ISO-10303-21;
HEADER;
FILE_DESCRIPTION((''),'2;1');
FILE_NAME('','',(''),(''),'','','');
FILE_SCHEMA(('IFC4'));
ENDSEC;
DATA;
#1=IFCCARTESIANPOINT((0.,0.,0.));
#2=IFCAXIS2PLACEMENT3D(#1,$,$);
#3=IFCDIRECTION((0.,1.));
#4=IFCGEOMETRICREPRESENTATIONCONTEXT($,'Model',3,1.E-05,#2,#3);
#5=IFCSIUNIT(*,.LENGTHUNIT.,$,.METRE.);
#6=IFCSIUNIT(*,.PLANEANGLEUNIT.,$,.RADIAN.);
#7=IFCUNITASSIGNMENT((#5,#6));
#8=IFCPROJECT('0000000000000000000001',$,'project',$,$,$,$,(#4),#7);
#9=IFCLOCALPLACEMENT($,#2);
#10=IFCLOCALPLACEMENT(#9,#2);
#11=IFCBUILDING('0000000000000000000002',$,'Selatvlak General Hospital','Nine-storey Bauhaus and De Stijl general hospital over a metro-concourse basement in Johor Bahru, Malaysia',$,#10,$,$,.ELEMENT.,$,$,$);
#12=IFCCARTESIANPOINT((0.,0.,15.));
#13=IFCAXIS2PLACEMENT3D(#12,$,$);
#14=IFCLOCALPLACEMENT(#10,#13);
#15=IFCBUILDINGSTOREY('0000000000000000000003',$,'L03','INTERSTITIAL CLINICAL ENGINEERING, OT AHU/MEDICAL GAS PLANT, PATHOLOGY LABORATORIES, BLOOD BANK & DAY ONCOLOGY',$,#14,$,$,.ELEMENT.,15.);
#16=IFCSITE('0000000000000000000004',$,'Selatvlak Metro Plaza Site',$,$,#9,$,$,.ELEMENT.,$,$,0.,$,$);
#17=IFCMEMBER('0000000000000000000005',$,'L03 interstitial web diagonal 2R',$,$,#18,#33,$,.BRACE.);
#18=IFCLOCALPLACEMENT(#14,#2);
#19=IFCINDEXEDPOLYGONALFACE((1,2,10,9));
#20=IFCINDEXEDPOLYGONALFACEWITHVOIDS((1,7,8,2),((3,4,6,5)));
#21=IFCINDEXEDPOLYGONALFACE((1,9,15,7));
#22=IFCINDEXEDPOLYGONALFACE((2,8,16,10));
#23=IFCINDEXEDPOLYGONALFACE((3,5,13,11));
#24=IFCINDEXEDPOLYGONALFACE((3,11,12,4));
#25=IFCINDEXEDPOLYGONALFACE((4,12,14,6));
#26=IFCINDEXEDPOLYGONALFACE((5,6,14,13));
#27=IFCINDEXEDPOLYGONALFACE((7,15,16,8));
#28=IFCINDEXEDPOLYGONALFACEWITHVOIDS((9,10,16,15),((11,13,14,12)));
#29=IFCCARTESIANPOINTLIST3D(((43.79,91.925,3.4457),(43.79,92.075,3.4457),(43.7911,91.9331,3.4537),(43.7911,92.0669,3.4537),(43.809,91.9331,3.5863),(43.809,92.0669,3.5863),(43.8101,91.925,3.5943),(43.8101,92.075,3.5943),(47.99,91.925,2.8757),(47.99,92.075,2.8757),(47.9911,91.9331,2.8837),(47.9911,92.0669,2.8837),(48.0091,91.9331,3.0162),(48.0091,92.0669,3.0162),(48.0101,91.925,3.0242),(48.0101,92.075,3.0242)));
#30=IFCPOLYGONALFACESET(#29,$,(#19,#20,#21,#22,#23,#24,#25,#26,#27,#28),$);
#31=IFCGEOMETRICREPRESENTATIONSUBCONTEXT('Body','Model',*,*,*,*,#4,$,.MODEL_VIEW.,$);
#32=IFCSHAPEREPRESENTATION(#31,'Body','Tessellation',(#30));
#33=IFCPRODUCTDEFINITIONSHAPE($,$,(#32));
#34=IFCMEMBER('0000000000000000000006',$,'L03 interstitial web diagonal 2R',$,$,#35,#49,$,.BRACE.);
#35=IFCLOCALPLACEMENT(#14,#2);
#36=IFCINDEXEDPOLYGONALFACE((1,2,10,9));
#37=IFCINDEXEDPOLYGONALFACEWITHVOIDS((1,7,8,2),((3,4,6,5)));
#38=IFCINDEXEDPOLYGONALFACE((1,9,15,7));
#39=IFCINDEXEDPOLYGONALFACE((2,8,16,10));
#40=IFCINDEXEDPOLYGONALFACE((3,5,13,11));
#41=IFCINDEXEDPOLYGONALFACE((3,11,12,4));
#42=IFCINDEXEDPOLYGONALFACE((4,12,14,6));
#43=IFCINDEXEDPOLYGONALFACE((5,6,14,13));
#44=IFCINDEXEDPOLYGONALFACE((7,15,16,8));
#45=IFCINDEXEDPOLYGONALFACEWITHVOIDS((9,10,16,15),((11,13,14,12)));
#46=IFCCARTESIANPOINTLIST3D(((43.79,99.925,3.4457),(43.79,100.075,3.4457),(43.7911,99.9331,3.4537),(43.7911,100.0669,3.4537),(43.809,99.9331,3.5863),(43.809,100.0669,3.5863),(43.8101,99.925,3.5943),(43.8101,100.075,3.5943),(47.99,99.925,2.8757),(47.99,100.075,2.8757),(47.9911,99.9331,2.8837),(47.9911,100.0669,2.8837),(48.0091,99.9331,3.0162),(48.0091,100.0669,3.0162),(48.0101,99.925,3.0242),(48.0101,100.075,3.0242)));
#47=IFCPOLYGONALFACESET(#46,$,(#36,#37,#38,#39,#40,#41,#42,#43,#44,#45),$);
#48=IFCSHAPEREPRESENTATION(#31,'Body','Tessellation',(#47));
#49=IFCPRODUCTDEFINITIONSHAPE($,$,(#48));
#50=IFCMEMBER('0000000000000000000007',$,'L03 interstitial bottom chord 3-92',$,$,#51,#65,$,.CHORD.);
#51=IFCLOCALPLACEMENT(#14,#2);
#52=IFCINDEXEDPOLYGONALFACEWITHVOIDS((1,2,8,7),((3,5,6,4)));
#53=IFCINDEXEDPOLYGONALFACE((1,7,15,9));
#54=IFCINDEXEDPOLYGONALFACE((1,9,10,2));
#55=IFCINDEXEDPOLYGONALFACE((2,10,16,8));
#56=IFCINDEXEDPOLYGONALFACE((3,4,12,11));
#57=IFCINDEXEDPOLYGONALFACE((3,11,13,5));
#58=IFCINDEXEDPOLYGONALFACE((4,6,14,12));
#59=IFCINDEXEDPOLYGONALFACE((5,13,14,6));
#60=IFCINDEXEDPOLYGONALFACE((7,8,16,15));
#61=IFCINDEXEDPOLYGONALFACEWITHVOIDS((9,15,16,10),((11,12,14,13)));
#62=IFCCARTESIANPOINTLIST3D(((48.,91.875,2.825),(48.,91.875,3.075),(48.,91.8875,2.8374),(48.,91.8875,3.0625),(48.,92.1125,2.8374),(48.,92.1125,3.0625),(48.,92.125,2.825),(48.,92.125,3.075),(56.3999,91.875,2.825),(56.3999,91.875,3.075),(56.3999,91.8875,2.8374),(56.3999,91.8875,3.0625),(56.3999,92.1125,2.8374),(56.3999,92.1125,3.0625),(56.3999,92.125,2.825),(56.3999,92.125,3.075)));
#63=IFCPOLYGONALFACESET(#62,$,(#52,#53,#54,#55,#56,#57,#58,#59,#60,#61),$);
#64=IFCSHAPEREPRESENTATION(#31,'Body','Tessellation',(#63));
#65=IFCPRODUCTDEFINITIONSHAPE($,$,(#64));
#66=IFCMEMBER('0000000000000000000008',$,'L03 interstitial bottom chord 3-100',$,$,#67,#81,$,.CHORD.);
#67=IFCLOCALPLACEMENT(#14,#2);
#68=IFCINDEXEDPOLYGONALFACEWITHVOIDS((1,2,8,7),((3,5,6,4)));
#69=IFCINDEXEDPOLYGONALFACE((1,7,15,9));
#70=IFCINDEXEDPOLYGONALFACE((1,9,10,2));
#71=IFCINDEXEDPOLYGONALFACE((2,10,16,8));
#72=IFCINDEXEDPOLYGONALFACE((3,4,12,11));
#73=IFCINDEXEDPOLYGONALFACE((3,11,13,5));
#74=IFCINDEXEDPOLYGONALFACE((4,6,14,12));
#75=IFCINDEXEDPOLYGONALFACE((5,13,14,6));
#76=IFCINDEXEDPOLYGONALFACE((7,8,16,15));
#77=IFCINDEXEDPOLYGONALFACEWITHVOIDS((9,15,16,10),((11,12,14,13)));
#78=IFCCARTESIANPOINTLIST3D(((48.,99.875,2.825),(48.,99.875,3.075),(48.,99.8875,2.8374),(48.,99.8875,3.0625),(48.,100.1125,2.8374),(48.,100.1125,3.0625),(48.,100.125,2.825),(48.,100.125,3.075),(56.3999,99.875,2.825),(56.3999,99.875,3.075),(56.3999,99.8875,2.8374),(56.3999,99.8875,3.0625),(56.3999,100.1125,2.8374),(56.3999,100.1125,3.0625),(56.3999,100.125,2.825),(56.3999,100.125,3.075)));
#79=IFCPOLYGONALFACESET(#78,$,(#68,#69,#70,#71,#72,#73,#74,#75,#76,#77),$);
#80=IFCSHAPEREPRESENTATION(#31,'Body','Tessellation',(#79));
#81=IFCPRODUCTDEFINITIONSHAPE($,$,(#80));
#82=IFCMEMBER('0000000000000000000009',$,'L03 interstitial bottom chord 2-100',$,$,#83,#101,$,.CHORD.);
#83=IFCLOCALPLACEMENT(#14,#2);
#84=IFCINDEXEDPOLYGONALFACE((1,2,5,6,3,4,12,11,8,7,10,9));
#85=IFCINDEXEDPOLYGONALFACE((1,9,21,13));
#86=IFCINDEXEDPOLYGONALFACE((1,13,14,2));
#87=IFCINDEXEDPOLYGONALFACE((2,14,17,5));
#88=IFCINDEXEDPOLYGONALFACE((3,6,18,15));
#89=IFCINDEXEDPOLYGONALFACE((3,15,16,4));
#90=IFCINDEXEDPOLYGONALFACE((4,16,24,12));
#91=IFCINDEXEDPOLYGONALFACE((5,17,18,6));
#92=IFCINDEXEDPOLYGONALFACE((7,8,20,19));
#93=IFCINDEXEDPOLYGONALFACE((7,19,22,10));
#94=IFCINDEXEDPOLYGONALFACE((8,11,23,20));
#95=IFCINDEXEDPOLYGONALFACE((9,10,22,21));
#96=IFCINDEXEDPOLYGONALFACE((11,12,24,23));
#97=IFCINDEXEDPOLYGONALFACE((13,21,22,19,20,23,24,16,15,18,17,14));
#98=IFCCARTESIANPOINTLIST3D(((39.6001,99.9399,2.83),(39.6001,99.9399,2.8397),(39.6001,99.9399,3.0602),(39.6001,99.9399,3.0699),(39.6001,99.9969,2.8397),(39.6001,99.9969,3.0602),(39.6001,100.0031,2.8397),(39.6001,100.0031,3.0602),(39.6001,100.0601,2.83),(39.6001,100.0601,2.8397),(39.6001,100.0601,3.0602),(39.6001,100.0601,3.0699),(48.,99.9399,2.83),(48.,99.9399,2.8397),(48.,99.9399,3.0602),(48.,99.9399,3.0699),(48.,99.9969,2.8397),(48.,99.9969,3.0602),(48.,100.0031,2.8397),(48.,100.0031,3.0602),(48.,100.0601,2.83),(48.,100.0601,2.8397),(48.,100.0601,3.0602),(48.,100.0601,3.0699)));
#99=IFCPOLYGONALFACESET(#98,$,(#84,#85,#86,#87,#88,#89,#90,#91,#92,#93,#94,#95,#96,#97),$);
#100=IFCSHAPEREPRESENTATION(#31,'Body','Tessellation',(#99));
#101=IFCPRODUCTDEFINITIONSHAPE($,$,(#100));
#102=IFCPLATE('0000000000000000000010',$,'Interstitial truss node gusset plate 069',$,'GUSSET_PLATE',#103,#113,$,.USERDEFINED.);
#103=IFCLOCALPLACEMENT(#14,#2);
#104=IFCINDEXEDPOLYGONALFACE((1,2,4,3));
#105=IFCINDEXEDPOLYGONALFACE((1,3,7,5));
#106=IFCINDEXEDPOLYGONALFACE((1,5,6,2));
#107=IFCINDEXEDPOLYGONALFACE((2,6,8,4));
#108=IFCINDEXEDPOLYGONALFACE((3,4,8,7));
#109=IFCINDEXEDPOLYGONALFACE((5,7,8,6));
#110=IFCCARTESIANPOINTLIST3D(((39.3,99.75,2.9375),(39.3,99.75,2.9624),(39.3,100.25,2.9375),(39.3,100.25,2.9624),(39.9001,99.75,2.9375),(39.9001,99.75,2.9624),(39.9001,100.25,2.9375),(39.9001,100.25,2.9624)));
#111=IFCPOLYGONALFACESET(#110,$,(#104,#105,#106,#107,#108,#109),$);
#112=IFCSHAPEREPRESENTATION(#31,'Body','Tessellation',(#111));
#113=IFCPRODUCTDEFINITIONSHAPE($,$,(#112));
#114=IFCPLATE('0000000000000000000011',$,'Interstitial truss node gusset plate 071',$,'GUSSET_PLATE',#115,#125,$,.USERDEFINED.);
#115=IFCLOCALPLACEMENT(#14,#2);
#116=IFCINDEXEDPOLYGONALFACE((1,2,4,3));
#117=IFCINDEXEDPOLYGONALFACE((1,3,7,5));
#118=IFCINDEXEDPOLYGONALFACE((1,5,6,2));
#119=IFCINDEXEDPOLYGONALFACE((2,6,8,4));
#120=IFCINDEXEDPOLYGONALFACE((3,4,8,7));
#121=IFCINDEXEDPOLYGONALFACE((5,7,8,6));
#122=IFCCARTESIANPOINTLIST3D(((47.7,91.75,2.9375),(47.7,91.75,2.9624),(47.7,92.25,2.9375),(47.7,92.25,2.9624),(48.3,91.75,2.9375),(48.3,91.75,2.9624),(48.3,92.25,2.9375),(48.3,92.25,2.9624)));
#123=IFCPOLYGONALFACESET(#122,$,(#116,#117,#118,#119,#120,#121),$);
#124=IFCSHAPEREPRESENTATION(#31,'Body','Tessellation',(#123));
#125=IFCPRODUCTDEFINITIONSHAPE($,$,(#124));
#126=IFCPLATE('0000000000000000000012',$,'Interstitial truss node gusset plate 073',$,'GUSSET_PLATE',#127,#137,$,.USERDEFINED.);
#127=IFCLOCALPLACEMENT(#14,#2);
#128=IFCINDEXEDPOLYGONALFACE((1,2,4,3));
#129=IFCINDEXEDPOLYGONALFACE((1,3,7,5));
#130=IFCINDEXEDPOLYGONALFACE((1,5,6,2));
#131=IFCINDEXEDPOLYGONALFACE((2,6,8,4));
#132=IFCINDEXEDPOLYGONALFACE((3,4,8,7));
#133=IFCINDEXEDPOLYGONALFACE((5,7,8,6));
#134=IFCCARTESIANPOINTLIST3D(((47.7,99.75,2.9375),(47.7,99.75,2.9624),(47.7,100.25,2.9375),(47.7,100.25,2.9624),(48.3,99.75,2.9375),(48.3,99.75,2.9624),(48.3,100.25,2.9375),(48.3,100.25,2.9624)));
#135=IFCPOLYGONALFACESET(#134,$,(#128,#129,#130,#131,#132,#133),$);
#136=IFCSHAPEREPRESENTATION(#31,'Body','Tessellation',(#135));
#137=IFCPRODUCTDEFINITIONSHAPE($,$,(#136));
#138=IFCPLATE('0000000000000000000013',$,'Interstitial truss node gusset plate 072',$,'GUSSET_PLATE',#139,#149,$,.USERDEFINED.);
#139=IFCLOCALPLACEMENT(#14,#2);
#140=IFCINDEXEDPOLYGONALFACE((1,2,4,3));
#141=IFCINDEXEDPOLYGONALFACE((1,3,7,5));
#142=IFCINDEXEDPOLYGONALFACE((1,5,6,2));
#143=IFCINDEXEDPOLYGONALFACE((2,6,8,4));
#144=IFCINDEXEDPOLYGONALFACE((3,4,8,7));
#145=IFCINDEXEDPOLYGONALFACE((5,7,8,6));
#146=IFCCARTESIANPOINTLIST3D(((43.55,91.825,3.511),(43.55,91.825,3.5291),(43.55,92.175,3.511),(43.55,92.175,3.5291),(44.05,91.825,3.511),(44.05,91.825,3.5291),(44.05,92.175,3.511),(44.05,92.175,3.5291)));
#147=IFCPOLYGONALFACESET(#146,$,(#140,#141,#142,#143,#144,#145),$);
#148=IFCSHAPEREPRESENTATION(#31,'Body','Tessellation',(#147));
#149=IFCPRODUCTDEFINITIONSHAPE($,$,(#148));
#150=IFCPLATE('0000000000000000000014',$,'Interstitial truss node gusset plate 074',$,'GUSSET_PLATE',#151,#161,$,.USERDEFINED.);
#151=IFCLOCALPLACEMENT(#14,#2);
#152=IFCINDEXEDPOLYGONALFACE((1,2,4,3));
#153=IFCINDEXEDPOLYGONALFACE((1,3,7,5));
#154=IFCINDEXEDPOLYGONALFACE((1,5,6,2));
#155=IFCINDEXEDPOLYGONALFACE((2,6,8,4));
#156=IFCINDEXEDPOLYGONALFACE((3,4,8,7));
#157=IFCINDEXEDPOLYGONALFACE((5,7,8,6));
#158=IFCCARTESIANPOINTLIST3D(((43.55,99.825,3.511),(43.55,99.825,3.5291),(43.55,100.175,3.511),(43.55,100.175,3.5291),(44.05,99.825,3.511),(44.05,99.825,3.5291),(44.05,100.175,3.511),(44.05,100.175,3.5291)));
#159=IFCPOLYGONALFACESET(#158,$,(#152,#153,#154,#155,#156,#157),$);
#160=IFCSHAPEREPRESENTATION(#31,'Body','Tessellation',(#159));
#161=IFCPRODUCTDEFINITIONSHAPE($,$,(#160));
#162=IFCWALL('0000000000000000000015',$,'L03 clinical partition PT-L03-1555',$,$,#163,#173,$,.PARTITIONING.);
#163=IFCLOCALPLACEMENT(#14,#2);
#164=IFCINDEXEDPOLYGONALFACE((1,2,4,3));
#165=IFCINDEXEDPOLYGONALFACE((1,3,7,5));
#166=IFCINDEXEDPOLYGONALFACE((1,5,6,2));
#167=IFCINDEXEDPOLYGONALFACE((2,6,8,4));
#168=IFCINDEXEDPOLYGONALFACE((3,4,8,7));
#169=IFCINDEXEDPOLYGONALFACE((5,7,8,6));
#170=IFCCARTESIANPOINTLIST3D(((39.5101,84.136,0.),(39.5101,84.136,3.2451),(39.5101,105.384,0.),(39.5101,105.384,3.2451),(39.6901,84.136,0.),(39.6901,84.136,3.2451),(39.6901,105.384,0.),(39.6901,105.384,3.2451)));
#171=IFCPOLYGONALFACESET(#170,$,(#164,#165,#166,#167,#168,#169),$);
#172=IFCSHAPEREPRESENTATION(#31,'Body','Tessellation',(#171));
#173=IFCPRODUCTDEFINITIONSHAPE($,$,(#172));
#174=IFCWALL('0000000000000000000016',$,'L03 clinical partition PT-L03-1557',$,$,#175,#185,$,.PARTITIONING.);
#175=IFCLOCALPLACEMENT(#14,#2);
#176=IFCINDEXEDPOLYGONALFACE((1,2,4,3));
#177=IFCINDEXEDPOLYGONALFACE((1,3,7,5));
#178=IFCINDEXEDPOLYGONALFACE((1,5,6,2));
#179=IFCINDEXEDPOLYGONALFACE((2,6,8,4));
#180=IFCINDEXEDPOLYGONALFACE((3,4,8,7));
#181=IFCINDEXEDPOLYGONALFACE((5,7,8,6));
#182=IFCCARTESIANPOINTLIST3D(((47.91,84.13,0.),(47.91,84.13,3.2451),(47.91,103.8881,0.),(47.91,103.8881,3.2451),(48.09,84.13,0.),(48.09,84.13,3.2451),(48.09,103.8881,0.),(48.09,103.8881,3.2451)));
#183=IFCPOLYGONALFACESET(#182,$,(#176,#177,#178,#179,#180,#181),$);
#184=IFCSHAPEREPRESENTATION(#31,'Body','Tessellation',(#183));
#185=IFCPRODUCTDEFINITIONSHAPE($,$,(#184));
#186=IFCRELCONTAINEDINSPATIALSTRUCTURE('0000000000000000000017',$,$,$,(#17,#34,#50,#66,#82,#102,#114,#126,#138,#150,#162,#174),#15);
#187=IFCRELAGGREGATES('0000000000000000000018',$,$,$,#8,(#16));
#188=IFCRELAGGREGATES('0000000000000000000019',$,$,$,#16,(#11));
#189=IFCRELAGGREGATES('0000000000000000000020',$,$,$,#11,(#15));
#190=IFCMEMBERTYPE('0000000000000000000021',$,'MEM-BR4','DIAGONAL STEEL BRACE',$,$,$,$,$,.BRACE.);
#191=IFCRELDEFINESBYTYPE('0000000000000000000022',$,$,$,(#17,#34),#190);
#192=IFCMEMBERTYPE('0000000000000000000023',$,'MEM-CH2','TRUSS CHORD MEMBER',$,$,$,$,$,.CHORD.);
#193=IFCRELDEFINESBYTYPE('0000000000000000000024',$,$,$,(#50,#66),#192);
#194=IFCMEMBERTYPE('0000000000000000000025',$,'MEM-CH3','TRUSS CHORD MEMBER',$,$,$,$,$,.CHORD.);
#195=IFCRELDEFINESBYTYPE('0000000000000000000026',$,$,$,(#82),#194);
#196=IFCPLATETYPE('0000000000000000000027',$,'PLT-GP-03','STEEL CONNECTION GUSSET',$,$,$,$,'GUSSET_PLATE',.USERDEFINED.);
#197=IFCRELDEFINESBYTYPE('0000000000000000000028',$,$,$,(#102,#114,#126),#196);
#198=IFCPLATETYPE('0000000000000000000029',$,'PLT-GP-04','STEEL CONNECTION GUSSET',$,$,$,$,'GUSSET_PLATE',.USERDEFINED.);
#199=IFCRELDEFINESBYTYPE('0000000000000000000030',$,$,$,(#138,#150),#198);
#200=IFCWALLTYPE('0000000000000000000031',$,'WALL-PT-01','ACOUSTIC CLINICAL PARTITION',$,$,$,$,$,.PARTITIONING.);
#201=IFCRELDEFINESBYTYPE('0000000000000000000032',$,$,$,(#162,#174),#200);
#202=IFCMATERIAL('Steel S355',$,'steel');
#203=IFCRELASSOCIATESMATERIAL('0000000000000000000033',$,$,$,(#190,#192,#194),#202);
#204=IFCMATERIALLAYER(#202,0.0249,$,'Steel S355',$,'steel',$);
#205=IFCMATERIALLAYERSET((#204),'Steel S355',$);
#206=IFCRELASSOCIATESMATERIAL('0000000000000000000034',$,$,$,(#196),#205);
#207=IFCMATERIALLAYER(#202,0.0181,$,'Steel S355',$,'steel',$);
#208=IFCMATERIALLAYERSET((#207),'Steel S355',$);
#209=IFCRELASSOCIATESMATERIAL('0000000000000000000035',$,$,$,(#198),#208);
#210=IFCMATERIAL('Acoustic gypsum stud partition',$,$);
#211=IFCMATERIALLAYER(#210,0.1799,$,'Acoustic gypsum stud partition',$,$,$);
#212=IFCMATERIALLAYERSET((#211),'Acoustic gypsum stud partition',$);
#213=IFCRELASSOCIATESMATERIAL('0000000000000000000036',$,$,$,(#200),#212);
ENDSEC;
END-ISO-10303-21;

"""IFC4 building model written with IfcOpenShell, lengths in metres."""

from ifc_helpers import new_model, si_unit, direction, frame, frame_2d, origin, origin_2d, place, context, subcontext, project, spatial, rectangle, hollow_rectangle, i_section, extrude, material, layer, layer_set, material_profile, profile_set, type_object, element, save


model = new_model("IFC4")

# Units and contexts
model_context = context("Model", 3, precision=1e-05, world=origin(), true_north=direction((0.0, 1.0)))
body_context = subcontext(model_context, "Body", "Model", "MODEL_VIEW")
ifc_project = project(units=[si_unit("LENGTHUNIT", "METRE"), si_unit("PLANEANGLEUNIT", "RADIAN")], contexts=[model_context])

# Site, building, storey
site_placement = place(None, origin())
site = spatial("IfcSite", under=ifc_project, at=site_placement, Name="Selatvlak Metro Plaza Site", CompositionType="ELEMENT", RefElevation=0.0)
building_placement = place(site_placement, origin())
building = spatial("IfcBuilding", under=site, at=building_placement, Name="Selatvlak General Hospital", Description="Nine-storey Bauhaus and De Stijl general hospital over a metro-concourse basement in Johor Bahru, Malaysia", CompositionType="ELEMENT")
storey_placement = place(building_placement, frame((0.0, 0.0, 15.0)))
storey = spatial("IfcBuildingStorey", under=building, at=storey_placement, Name="L03", Description="INTERSTITIAL CLINICAL ENGINEERING, OT AHU/MEDICAL GAS PLANT, PATHOLOGY LABORATORIES, BLOOD BANK & DAY ONCOLOGY", CompositionType="ELEMENT", Elevation=15.0)

# Members
ifc_material_1 = material(Name="Steel S355", Category="steel")
ifc_material_profile_1 = material_profile(ifc_material_1, hollow_rectangle(XDim=0.1499, YDim=0.1499, WallThickness=0.0081, at=origin_2d()), Name="SHS 150x150x8")
ifc_profile_set_1 = profile_set([ifc_material_profile_1], Name="Steel S355")
member_type_1 = type_object("IfcMemberType", Name="MEM-BR4", Description="DIAGONAL STEEL BRACE", PredefinedType="BRACE", material=ifc_profile_set_1)
for number, where, z_axis, x_axis, name in (
    (1, (43.8, 92.0, 3.52), (0.990914, 0.0, -0.134499), (0.0, 1.0, 0.0), "L03 interstitial web diagonal 2R"),
    (2, (43.8, 100.0, 3.52), (0.990914, 0.0, -0.134499), (0.0, 1.0, 0.0), "L03 interstitial web diagonal 2R"),
):
    element("IfcMember", number, at=place(storey_placement, frame(where, z_axis=z_axis, x_axis=x_axis)), inside=storey, type_object=member_type_1, Name=name, PredefinedType="BRACE", context=body_context, shape_type="SweptSolid", body=[
        extrude(hollow_rectangle(XDim=0.1499, YDim=0.1499, WallThickness=0.0081, at=origin_2d()), origin(), (0.0, 0.0, 1.0), 4.2385),
    ])
ifc_material_profile_2 = material_profile(ifc_material_1, hollow_rectangle(XDim=0.25, YDim=0.25, WallThickness=0.0125, at=origin_2d()), Name="SHS 250x250x12.5")
ifc_profile_set_2 = profile_set([ifc_material_profile_2], Name="Steel S355")
member_type_2 = type_object("IfcMemberType", Name="MEM-CH2", Description="TRUSS CHORD MEMBER", PredefinedType="CHORD", material=ifc_profile_set_2)
for number, where, z_axis, x_axis, name in (
    (3, (48.0, 92.0, 2.95), (1.0, 0.0, 0.0), (0.0, 1.0, 0.0), "L03 interstitial bottom chord 3-92"),
    (4, (48.0, 100.0, 2.95), (1.0, 0.0, 0.0), (0.0, 1.0, 0.0), "L03 interstitial bottom chord 3-100"),
):
    element("IfcMember", number, at=place(storey_placement, frame(where, z_axis=z_axis, x_axis=x_axis)), inside=storey, type_object=member_type_2, Name=name, PredefinedType="CHORD", context=body_context, shape_type="SweptSolid", body=[
        extrude(hollow_rectangle(XDim=0.25, YDim=0.25, WallThickness=0.0125, at=origin_2d()), origin(), (0.0, 0.0, 1.0), 8.3999),
    ])
ifc_material_profile_3 = material_profile(ifc_material_1, i_section(OverallWidth=0.1201, OverallDepth=0.24, WebThickness=0.0061, FlangeThickness=0.0098, at=origin_2d()), Name="IPE 240")
ifc_profile_set_3 = profile_set([ifc_material_profile_3], Name="Steel S355")
member_type_3 = type_object("IfcMemberType", Name="MEM-CH3", Description="TRUSS CHORD MEMBER", PredefinedType="CHORD", material=ifc_profile_set_3)
member_placement = place(storey_placement, frame((39.6001, 100.0, 2.95), z_axis=(1.0, 0.0, 0.0), x_axis=(0.0, 1.0, 0.0)))
element("IfcMember", 5, at=member_placement, inside=storey, type_object=member_type_3, Name="L03 interstitial bottom chord 2-100", PredefinedType="CHORD", context=body_context, shape_type="SweptSolid", body=[
    extrude(i_section(OverallWidth=0.1201, OverallDepth=0.24, WebThickness=0.0061, FlangeThickness=0.0098, at=origin_2d()), origin(), (0.0, 0.0, 1.0), 8.3999),
])

# Plates
ifc_layer_1 = layer(ifc_material_1, 0.0249, Name="Steel S355", Category="steel")
ifc_layer_set_1 = layer_set([ifc_layer_1], Name="Steel S355")
plate_type_1 = type_object("IfcPlateType", Name="PLT-GP-03", Description="STEEL CONNECTION GUSSET", ElementType="GUSSET_PLATE", PredefinedType="USERDEFINED", material=ifc_layer_set_1)
for number, where, z_axis, x_axis, name in (
    (6, (39.6001, 100.0, 2.9375), (0.0, 0.0, 1.0), (1.0, 0.0, 0.0), "Interstitial truss node gusset plate 069"),
    (7, (48.0, 92.0, 2.9375), (0.0, 0.0, 1.0), (1.0, 0.0, 0.0), "Interstitial truss node gusset plate 071"),
    (8, (48.0, 100.0, 2.9375), (0.0, 0.0, 1.0), (1.0, 0.0, 0.0), "Interstitial truss node gusset plate 073"),
):
    element("IfcPlate", number, at=place(storey_placement, frame(where, z_axis=z_axis, x_axis=x_axis)), inside=storey, type_object=plate_type_1, Name=name, ObjectType="GUSSET_PLATE", PredefinedType="USERDEFINED", context=body_context, shape_type="SweptSolid", body=[
        extrude(rectangle(XDim=0.6001, YDim=0.5, at=origin_2d()), origin(), (0.0, 0.0, 1.0), 0.0249),
    ])
ifc_layer_2 = layer(ifc_material_1, 0.0181, Name="Steel S355", Category="steel")
ifc_layer_set_2 = layer_set([ifc_layer_2], Name="Steel S355")
plate_type_2 = type_object("IfcPlateType", Name="PLT-GP-04", Description="STEEL CONNECTION GUSSET", ElementType="GUSSET_PLATE", PredefinedType="USERDEFINED", material=ifc_layer_set_2)
for number, where, z_axis, x_axis, name in (
    (9, (43.8, 92.0, 3.511), (0.0, 0.0, 1.0), (1.0, 0.0, 0.0), "Interstitial truss node gusset plate 072"),
    (10, (43.8, 100.0, 3.511), (0.0, 0.0, 1.0), (1.0, 0.0, 0.0), "Interstitial truss node gusset plate 074"),
):
    element("IfcPlate", number, at=place(storey_placement, frame(where, z_axis=z_axis, x_axis=x_axis)), inside=storey, type_object=plate_type_2, Name=name, ObjectType="GUSSET_PLATE", PredefinedType="USERDEFINED", context=body_context, shape_type="SweptSolid", body=[
        extrude(rectangle(XDim=0.5, YDim=0.3501, at=origin_2d()), origin(), (0.0, 0.0, 1.0), 0.0181),
    ])

# Walls
ifc_material_2 = material(Name="Acoustic gypsum stud partition")
ifc_layer_3 = layer(ifc_material_2, 0.1799, Name="Acoustic gypsum stud partition")
ifc_layer_set_3 = layer_set([ifc_layer_3], Name="Acoustic gypsum stud partition")
wall_type_1 = type_object("IfcWallType", Name="WALL-PT-01", Description="ACOUSTIC CLINICAL PARTITION", PredefinedType="PARTITIONING", material=ifc_layer_set_3)
wall_1_placement = place(storey_placement, frame((39.6001, 105.384, 0.0), z_axis=(0.0, 0.0, 1.0), x_axis=(0.0, -1.0, 0.0)))
element("IfcWall", 11, at=wall_1_placement, inside=storey, type_object=wall_type_1, Name="L03 clinical partition PT-L03-1555", PredefinedType="PARTITIONING", context=body_context, shape_type="SweptSolid", body=[
    extrude(rectangle(XDim=21.248, YDim=0.1799, at=frame_2d((10.624, 0.0))), origin(), (0.0, 0.0, 1.0), 3.2451),
])
wall_2_placement = place(storey_placement, frame((48.0, 103.8879, 0.0), z_axis=(0.0, 0.0, 1.0), x_axis=(0.0, -1.0, 0.0)))
element("IfcWall", 12, at=wall_2_placement, inside=storey, type_object=wall_type_1, Name="L03 clinical partition PT-L03-1557", PredefinedType="PARTITIONING", context=body_context, shape_type="SweptSolid", body=[
    extrude(rectangle(XDim=19.7581, YDim=0.1799, at=frame_2d((9.8789, 0.0))), origin(), (0.0, 0.0, 1.0), 3.2451),
])

save(model, "model.ifc")
